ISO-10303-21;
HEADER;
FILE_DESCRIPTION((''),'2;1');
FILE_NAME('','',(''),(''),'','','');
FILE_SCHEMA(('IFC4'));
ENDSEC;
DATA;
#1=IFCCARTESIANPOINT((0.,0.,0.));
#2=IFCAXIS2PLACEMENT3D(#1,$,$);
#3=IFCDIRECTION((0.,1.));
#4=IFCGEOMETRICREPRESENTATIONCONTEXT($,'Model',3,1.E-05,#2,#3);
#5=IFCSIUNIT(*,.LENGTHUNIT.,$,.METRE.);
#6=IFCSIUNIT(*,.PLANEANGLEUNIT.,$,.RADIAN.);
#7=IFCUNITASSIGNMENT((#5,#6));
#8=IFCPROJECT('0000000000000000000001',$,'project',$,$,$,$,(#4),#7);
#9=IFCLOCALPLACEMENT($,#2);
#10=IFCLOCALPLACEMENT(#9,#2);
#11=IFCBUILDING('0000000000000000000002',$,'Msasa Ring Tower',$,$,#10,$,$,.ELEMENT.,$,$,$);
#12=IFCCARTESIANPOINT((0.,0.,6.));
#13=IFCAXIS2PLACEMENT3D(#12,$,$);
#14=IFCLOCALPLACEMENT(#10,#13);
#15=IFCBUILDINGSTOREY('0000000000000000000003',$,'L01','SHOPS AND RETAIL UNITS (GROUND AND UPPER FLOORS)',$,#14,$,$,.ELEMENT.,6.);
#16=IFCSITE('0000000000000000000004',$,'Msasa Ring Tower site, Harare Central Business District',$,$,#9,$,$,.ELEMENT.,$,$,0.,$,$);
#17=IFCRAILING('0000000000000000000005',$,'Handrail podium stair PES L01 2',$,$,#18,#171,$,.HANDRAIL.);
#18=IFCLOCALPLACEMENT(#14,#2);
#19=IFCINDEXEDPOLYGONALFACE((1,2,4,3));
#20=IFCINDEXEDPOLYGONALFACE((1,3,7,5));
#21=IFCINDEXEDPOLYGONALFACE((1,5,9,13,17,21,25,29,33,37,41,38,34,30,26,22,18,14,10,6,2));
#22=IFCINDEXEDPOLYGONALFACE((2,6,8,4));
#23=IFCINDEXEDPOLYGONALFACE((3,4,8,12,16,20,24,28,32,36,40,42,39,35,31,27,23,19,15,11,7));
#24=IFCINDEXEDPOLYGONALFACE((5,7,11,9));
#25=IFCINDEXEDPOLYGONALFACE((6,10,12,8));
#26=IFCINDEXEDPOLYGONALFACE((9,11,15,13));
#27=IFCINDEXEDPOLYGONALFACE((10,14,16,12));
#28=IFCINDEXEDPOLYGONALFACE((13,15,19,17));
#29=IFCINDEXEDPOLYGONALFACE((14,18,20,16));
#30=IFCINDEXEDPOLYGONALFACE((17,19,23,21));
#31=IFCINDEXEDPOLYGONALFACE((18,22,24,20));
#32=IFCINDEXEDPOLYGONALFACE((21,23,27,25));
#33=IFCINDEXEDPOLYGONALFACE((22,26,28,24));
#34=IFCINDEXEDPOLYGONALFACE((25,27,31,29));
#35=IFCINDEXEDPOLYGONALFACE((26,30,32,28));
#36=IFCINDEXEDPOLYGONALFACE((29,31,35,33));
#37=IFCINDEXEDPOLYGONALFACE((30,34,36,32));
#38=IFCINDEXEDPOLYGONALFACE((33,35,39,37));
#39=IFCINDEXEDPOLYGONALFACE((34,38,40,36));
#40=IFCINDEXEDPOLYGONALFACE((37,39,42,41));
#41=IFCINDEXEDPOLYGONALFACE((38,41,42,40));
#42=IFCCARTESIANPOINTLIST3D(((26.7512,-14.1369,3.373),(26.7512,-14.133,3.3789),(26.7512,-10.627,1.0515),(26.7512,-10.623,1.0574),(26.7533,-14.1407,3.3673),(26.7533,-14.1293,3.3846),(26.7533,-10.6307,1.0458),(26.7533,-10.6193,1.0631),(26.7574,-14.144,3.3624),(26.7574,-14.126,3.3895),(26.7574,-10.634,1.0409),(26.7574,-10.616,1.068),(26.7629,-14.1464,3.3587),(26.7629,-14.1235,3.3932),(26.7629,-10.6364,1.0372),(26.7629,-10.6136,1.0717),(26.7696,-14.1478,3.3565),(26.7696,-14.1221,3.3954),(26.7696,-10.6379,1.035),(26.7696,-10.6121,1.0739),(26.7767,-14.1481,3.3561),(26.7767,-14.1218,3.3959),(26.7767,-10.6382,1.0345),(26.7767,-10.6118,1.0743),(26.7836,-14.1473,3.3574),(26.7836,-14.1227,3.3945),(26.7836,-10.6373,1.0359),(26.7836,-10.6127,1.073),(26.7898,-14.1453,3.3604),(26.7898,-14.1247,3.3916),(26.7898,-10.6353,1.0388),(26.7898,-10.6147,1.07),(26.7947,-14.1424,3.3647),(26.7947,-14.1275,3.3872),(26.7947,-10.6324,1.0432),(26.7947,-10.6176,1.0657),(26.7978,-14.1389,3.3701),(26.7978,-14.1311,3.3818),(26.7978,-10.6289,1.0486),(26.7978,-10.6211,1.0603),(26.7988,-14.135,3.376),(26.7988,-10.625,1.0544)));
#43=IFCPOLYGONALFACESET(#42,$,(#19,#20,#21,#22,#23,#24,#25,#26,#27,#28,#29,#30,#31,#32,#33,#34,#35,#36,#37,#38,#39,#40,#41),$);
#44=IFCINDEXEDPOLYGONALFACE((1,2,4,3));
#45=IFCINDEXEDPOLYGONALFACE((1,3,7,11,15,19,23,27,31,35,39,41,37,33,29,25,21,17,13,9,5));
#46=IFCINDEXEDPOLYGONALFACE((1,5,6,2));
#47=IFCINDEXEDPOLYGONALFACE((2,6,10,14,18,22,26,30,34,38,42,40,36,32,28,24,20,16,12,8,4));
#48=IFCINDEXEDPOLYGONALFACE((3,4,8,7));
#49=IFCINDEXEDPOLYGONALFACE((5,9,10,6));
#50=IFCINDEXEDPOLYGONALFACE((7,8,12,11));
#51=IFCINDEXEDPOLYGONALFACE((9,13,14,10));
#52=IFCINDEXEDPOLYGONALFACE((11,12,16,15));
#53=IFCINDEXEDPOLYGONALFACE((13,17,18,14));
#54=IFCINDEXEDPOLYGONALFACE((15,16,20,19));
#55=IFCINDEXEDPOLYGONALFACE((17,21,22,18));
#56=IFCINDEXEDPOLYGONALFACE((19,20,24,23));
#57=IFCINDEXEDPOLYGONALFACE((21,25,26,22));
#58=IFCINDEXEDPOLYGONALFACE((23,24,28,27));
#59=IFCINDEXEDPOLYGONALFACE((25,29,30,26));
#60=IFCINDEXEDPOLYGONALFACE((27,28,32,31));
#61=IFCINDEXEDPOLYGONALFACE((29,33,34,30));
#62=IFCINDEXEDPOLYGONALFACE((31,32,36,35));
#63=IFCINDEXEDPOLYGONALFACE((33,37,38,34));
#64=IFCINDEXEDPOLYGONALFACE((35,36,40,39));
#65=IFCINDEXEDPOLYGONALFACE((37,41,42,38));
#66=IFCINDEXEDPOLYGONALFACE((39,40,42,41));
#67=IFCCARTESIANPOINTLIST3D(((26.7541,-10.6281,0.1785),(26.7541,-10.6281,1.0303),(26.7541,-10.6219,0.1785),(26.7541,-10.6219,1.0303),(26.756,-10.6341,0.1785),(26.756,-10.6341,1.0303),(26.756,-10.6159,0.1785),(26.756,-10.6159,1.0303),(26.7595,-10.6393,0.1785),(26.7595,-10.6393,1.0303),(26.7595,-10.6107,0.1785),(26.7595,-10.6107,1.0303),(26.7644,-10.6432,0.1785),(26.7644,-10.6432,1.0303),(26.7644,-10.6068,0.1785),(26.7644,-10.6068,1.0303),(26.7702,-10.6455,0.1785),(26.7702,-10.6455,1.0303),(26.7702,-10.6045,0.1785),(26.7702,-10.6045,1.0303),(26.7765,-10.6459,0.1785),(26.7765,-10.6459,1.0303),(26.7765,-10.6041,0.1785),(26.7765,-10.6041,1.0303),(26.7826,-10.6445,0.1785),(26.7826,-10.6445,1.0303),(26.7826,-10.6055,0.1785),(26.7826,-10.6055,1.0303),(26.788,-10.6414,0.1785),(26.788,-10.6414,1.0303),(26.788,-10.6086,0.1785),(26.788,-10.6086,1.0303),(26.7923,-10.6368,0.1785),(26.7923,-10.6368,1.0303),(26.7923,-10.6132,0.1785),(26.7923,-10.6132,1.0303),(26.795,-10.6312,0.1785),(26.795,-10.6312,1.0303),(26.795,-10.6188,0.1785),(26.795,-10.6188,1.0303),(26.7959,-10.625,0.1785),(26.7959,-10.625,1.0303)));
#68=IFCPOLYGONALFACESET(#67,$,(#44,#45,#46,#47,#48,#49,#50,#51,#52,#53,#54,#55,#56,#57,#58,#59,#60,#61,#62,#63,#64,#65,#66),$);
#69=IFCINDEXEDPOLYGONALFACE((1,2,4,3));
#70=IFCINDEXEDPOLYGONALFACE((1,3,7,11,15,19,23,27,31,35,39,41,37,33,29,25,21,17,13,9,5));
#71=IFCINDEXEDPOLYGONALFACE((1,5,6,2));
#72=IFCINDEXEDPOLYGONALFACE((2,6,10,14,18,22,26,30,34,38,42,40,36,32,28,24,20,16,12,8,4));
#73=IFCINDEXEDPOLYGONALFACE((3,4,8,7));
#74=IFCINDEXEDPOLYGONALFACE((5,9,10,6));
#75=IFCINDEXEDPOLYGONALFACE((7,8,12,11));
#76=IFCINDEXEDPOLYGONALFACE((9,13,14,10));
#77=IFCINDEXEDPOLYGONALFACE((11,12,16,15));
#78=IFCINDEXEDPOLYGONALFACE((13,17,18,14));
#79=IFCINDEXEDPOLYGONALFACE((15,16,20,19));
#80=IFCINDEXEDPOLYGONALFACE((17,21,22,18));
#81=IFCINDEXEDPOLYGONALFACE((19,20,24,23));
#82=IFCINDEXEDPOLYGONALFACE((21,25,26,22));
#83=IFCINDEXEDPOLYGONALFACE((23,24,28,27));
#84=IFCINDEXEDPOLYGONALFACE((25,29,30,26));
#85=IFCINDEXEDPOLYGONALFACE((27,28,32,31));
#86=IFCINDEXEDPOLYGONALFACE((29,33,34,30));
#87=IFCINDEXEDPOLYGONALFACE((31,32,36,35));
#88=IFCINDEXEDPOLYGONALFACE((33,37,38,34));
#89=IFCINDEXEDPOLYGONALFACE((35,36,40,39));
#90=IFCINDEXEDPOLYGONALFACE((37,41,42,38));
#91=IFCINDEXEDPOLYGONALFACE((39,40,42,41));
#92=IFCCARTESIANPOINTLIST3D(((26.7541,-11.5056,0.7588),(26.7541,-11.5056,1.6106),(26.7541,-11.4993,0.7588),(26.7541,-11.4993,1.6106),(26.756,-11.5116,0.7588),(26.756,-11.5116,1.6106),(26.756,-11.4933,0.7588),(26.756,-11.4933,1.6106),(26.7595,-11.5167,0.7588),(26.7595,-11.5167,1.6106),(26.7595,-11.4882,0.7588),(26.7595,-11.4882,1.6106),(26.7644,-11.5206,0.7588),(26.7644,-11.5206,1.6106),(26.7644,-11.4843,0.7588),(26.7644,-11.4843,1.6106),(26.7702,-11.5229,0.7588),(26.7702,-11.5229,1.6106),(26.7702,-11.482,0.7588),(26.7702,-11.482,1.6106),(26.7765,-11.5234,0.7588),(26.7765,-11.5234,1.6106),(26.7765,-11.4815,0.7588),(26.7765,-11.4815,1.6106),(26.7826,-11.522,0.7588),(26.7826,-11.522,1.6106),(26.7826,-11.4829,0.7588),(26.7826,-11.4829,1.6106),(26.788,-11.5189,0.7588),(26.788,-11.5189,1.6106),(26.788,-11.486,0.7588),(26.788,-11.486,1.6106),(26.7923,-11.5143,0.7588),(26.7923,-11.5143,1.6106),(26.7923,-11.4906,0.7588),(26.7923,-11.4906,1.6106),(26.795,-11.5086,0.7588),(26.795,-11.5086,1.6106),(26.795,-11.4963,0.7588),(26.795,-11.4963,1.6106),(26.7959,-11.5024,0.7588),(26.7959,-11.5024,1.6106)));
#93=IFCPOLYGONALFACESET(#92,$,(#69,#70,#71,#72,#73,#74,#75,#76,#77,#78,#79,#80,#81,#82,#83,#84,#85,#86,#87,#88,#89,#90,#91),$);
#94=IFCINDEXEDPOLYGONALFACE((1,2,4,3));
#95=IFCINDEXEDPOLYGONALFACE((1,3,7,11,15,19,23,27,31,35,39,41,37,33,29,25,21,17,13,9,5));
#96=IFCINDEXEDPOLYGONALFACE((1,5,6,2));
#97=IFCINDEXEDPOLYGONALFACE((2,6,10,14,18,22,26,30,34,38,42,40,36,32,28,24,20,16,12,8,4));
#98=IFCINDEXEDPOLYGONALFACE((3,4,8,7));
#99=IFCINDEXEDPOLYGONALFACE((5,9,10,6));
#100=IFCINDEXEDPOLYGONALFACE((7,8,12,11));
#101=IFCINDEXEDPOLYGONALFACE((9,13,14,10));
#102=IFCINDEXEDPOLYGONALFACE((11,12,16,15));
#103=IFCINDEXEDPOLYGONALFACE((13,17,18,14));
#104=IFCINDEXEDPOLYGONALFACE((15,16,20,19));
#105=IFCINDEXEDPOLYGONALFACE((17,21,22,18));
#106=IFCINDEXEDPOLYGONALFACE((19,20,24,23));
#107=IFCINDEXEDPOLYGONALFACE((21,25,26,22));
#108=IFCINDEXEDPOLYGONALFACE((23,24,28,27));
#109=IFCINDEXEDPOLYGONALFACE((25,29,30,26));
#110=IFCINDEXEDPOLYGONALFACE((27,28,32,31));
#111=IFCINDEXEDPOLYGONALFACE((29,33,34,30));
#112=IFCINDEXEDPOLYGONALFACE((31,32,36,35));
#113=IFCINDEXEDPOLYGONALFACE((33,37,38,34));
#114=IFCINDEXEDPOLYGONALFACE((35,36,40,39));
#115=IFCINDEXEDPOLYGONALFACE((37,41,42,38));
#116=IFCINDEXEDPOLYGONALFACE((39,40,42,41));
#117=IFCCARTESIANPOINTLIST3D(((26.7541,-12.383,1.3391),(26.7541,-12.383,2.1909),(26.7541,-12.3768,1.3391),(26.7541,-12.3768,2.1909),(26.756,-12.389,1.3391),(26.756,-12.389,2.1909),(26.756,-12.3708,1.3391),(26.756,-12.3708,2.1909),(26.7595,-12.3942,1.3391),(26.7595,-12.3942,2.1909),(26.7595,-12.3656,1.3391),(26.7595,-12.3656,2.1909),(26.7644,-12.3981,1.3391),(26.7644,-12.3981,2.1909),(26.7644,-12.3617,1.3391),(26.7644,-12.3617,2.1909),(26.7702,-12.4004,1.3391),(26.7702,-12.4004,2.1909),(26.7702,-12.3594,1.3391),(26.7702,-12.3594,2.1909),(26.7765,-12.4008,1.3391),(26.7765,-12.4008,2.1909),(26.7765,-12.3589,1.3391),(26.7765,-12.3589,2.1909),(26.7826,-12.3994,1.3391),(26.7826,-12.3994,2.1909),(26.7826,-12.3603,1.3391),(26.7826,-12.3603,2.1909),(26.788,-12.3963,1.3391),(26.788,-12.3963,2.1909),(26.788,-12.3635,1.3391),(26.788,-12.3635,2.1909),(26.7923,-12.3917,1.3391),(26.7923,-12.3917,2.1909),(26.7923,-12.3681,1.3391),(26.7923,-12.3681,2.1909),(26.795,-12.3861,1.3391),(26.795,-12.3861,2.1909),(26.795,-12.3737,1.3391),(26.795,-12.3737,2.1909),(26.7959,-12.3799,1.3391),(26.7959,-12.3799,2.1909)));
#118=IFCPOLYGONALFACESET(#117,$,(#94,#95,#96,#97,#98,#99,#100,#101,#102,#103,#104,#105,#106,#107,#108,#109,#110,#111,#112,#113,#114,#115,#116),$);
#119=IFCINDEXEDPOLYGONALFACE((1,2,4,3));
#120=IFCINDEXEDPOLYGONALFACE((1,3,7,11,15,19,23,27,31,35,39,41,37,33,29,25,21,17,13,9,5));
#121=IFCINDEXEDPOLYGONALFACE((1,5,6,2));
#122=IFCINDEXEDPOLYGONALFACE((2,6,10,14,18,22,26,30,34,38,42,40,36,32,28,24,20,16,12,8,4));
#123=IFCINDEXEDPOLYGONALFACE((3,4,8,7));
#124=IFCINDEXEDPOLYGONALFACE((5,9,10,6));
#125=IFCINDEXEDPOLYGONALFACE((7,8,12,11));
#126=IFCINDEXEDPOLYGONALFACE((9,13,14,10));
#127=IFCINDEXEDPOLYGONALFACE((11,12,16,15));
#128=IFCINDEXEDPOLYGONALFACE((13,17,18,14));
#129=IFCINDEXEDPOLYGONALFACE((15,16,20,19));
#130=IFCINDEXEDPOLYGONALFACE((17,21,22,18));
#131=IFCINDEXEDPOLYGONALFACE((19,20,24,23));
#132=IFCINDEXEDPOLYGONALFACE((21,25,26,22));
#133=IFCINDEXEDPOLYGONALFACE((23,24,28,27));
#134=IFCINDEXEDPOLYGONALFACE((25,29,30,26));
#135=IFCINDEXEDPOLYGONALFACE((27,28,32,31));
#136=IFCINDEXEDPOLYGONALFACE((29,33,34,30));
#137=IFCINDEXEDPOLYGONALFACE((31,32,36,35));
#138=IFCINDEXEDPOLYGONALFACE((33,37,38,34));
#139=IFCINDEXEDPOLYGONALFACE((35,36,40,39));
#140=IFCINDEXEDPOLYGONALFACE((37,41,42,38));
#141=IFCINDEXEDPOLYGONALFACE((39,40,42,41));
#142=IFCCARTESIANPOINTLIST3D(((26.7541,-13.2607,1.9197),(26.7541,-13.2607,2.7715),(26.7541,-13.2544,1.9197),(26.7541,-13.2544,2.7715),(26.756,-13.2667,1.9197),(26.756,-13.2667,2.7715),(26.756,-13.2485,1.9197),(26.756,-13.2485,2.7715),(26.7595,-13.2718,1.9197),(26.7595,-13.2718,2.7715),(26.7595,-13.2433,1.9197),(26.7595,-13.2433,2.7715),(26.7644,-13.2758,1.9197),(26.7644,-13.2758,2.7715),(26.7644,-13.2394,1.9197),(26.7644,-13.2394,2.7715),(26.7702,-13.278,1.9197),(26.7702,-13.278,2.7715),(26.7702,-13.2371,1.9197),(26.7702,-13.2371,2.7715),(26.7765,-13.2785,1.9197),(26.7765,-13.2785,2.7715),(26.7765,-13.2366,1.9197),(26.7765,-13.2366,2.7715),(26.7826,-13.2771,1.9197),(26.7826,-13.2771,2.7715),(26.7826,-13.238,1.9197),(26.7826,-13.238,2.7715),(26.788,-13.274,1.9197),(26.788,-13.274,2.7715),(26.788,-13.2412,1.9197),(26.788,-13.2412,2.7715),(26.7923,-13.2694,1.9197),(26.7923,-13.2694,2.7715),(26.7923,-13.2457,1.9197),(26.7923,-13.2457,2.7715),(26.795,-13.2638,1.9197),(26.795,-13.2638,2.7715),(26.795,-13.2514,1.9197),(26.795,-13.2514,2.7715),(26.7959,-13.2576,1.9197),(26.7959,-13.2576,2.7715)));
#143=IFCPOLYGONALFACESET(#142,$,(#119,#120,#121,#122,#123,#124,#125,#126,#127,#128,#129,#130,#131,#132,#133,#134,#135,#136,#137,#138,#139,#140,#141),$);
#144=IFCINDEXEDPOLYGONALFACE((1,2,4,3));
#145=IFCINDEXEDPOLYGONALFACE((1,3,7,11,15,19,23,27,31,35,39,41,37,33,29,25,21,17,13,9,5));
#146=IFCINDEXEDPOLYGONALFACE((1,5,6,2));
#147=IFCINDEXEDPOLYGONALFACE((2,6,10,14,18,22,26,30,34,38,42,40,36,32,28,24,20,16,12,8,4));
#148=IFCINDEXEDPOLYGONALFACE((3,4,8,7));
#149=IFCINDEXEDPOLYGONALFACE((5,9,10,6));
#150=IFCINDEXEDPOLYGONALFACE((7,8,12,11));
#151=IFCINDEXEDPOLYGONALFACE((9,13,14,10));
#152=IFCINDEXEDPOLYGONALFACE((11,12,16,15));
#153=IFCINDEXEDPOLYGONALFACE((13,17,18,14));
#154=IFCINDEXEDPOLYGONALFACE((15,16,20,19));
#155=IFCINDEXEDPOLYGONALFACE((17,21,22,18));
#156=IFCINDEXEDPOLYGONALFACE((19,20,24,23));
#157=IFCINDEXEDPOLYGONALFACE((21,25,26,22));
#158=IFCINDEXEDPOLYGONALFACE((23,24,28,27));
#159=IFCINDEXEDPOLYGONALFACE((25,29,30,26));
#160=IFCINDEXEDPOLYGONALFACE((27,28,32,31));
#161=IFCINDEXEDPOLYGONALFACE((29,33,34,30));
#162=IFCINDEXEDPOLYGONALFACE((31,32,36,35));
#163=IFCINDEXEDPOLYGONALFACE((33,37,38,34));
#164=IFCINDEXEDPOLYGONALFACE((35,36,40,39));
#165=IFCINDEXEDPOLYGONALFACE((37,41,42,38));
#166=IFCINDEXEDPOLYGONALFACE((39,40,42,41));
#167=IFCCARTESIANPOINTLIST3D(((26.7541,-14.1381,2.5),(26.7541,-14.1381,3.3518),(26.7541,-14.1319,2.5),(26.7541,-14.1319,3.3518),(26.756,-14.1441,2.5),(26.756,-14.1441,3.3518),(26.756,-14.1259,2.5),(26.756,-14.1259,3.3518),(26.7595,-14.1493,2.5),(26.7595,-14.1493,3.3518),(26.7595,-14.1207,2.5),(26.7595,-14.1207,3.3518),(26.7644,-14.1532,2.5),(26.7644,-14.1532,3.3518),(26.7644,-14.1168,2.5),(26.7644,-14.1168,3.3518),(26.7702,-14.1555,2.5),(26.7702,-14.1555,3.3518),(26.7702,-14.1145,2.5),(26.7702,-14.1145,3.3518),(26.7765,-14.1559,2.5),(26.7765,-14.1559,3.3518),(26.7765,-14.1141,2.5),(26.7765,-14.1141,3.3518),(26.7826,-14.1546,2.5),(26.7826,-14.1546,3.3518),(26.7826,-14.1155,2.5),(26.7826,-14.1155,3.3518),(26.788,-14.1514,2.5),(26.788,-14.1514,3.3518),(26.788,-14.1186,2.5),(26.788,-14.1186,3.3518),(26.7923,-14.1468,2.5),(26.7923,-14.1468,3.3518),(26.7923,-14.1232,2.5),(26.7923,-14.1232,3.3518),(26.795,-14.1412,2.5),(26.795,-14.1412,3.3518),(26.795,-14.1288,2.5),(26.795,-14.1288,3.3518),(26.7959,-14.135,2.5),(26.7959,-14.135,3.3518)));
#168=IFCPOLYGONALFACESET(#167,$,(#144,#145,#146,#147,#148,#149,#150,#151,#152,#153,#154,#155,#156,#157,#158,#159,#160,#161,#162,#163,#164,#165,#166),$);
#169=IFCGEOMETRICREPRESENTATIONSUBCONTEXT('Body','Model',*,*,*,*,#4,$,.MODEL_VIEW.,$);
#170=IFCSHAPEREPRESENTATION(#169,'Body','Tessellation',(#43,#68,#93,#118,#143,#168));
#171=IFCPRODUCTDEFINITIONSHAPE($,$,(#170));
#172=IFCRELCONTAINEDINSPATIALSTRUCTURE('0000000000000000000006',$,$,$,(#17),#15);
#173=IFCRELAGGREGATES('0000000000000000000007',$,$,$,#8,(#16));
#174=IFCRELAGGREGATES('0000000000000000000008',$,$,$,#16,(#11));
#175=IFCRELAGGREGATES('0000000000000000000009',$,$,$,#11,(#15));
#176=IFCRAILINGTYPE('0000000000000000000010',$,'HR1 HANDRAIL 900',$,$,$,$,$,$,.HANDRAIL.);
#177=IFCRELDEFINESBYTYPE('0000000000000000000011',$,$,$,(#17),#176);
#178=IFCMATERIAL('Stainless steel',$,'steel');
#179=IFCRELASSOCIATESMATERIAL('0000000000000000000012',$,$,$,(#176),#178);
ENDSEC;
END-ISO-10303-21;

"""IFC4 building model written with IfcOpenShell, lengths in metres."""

from ifc_helpers import new_model, si_unit, direction, frame, origin, origin_2d, place, context, subcontext, project, spatial, circle, extrude, material, type_object, element, save


model = new_model("IFC4")

# Units and contexts
model_context = context("Model", 3, precision=1e-05, world=origin(), true_north=direction((0.0, 1.0)))
body_context = subcontext(model_context, "Body", "Model", "MODEL_VIEW")
ifc_project = project(units=[si_unit("LENGTHUNIT", "METRE"), si_unit("PLANEANGLEUNIT", "RADIAN")], contexts=[model_context])

# Site, building, storey
site_placement = place(None, origin())
site = spatial("IfcSite", under=ifc_project, at=site_placement, Name="Msasa Ring Tower site, Harare Central Business District", CompositionType="ELEMENT", RefElevation=0.0)
building_placement = place(site_placement, origin())
building = spatial("IfcBuilding", under=site, at=building_placement, Name="Msasa Ring Tower", CompositionType="ELEMENT")
storey_placement = place(building_placement, frame((0.0, 0.0, 6.0)))
storey = spatial("IfcBuildingStorey", under=building, at=storey_placement, Name="L01", Description="SHOPS AND RETAIL UNITS (GROUND AND UPPER FLOORS)", CompositionType="ELEMENT", Elevation=6.0)

# Railing
ifc_material_1 = material(Name="Stainless steel", Category="steel")
railing_type = type_object("IfcRailingType", Name="HR1 HANDRAIL 900", PredefinedType="HANDRAIL", material=ifc_material_1)
for number, where, name in (
    (1, (26.7749, -10.625, 0.1785), "Handrail podium stair PES L01 2"),
):
    element("IfcRailing", number, at=place(storey_placement, frame(where)), inside=storey, type_object=railing_type, Name=name, PredefinedType="HANDRAIL", context=body_context, shape_type="SweptSolid", body=[
        extrude(circle(Radius=0.0239, at=origin_2d()), frame((0.0, 0.0, 0.876), z_axis=(0.0, -0.834071, 0.551657), x_axis=(1.0, 0.0, 0.0)), (0.0, 0.0, 1.0), 4.2083),
        extrude(circle(Radius=0.021, at=origin_2d()), origin(), (0.0, 0.0, 1.0), 0.8518),
        extrude(circle(Radius=0.021, at=origin_2d()), frame((0.0, -0.8774, 0.5803)), (0.0, 0.0, 1.0), 0.8518),
        extrude(circle(Radius=0.021, at=origin_2d()), frame((0.0, -1.7549, 1.1606)), (0.0, 0.0, 1.0), 0.8518),
        extrude(circle(Radius=0.021, at=origin_2d()), frame((0.0, -2.6326, 1.7412)), (0.0, 0.0, 1.0), 0.8518),
        extrude(circle(Radius=0.021, at=origin_2d()), frame((0.0, -3.51, 2.3215)), (0.0, 0.0, 1.0), 0.8518),
    ])

save(model, "model.ifc")
